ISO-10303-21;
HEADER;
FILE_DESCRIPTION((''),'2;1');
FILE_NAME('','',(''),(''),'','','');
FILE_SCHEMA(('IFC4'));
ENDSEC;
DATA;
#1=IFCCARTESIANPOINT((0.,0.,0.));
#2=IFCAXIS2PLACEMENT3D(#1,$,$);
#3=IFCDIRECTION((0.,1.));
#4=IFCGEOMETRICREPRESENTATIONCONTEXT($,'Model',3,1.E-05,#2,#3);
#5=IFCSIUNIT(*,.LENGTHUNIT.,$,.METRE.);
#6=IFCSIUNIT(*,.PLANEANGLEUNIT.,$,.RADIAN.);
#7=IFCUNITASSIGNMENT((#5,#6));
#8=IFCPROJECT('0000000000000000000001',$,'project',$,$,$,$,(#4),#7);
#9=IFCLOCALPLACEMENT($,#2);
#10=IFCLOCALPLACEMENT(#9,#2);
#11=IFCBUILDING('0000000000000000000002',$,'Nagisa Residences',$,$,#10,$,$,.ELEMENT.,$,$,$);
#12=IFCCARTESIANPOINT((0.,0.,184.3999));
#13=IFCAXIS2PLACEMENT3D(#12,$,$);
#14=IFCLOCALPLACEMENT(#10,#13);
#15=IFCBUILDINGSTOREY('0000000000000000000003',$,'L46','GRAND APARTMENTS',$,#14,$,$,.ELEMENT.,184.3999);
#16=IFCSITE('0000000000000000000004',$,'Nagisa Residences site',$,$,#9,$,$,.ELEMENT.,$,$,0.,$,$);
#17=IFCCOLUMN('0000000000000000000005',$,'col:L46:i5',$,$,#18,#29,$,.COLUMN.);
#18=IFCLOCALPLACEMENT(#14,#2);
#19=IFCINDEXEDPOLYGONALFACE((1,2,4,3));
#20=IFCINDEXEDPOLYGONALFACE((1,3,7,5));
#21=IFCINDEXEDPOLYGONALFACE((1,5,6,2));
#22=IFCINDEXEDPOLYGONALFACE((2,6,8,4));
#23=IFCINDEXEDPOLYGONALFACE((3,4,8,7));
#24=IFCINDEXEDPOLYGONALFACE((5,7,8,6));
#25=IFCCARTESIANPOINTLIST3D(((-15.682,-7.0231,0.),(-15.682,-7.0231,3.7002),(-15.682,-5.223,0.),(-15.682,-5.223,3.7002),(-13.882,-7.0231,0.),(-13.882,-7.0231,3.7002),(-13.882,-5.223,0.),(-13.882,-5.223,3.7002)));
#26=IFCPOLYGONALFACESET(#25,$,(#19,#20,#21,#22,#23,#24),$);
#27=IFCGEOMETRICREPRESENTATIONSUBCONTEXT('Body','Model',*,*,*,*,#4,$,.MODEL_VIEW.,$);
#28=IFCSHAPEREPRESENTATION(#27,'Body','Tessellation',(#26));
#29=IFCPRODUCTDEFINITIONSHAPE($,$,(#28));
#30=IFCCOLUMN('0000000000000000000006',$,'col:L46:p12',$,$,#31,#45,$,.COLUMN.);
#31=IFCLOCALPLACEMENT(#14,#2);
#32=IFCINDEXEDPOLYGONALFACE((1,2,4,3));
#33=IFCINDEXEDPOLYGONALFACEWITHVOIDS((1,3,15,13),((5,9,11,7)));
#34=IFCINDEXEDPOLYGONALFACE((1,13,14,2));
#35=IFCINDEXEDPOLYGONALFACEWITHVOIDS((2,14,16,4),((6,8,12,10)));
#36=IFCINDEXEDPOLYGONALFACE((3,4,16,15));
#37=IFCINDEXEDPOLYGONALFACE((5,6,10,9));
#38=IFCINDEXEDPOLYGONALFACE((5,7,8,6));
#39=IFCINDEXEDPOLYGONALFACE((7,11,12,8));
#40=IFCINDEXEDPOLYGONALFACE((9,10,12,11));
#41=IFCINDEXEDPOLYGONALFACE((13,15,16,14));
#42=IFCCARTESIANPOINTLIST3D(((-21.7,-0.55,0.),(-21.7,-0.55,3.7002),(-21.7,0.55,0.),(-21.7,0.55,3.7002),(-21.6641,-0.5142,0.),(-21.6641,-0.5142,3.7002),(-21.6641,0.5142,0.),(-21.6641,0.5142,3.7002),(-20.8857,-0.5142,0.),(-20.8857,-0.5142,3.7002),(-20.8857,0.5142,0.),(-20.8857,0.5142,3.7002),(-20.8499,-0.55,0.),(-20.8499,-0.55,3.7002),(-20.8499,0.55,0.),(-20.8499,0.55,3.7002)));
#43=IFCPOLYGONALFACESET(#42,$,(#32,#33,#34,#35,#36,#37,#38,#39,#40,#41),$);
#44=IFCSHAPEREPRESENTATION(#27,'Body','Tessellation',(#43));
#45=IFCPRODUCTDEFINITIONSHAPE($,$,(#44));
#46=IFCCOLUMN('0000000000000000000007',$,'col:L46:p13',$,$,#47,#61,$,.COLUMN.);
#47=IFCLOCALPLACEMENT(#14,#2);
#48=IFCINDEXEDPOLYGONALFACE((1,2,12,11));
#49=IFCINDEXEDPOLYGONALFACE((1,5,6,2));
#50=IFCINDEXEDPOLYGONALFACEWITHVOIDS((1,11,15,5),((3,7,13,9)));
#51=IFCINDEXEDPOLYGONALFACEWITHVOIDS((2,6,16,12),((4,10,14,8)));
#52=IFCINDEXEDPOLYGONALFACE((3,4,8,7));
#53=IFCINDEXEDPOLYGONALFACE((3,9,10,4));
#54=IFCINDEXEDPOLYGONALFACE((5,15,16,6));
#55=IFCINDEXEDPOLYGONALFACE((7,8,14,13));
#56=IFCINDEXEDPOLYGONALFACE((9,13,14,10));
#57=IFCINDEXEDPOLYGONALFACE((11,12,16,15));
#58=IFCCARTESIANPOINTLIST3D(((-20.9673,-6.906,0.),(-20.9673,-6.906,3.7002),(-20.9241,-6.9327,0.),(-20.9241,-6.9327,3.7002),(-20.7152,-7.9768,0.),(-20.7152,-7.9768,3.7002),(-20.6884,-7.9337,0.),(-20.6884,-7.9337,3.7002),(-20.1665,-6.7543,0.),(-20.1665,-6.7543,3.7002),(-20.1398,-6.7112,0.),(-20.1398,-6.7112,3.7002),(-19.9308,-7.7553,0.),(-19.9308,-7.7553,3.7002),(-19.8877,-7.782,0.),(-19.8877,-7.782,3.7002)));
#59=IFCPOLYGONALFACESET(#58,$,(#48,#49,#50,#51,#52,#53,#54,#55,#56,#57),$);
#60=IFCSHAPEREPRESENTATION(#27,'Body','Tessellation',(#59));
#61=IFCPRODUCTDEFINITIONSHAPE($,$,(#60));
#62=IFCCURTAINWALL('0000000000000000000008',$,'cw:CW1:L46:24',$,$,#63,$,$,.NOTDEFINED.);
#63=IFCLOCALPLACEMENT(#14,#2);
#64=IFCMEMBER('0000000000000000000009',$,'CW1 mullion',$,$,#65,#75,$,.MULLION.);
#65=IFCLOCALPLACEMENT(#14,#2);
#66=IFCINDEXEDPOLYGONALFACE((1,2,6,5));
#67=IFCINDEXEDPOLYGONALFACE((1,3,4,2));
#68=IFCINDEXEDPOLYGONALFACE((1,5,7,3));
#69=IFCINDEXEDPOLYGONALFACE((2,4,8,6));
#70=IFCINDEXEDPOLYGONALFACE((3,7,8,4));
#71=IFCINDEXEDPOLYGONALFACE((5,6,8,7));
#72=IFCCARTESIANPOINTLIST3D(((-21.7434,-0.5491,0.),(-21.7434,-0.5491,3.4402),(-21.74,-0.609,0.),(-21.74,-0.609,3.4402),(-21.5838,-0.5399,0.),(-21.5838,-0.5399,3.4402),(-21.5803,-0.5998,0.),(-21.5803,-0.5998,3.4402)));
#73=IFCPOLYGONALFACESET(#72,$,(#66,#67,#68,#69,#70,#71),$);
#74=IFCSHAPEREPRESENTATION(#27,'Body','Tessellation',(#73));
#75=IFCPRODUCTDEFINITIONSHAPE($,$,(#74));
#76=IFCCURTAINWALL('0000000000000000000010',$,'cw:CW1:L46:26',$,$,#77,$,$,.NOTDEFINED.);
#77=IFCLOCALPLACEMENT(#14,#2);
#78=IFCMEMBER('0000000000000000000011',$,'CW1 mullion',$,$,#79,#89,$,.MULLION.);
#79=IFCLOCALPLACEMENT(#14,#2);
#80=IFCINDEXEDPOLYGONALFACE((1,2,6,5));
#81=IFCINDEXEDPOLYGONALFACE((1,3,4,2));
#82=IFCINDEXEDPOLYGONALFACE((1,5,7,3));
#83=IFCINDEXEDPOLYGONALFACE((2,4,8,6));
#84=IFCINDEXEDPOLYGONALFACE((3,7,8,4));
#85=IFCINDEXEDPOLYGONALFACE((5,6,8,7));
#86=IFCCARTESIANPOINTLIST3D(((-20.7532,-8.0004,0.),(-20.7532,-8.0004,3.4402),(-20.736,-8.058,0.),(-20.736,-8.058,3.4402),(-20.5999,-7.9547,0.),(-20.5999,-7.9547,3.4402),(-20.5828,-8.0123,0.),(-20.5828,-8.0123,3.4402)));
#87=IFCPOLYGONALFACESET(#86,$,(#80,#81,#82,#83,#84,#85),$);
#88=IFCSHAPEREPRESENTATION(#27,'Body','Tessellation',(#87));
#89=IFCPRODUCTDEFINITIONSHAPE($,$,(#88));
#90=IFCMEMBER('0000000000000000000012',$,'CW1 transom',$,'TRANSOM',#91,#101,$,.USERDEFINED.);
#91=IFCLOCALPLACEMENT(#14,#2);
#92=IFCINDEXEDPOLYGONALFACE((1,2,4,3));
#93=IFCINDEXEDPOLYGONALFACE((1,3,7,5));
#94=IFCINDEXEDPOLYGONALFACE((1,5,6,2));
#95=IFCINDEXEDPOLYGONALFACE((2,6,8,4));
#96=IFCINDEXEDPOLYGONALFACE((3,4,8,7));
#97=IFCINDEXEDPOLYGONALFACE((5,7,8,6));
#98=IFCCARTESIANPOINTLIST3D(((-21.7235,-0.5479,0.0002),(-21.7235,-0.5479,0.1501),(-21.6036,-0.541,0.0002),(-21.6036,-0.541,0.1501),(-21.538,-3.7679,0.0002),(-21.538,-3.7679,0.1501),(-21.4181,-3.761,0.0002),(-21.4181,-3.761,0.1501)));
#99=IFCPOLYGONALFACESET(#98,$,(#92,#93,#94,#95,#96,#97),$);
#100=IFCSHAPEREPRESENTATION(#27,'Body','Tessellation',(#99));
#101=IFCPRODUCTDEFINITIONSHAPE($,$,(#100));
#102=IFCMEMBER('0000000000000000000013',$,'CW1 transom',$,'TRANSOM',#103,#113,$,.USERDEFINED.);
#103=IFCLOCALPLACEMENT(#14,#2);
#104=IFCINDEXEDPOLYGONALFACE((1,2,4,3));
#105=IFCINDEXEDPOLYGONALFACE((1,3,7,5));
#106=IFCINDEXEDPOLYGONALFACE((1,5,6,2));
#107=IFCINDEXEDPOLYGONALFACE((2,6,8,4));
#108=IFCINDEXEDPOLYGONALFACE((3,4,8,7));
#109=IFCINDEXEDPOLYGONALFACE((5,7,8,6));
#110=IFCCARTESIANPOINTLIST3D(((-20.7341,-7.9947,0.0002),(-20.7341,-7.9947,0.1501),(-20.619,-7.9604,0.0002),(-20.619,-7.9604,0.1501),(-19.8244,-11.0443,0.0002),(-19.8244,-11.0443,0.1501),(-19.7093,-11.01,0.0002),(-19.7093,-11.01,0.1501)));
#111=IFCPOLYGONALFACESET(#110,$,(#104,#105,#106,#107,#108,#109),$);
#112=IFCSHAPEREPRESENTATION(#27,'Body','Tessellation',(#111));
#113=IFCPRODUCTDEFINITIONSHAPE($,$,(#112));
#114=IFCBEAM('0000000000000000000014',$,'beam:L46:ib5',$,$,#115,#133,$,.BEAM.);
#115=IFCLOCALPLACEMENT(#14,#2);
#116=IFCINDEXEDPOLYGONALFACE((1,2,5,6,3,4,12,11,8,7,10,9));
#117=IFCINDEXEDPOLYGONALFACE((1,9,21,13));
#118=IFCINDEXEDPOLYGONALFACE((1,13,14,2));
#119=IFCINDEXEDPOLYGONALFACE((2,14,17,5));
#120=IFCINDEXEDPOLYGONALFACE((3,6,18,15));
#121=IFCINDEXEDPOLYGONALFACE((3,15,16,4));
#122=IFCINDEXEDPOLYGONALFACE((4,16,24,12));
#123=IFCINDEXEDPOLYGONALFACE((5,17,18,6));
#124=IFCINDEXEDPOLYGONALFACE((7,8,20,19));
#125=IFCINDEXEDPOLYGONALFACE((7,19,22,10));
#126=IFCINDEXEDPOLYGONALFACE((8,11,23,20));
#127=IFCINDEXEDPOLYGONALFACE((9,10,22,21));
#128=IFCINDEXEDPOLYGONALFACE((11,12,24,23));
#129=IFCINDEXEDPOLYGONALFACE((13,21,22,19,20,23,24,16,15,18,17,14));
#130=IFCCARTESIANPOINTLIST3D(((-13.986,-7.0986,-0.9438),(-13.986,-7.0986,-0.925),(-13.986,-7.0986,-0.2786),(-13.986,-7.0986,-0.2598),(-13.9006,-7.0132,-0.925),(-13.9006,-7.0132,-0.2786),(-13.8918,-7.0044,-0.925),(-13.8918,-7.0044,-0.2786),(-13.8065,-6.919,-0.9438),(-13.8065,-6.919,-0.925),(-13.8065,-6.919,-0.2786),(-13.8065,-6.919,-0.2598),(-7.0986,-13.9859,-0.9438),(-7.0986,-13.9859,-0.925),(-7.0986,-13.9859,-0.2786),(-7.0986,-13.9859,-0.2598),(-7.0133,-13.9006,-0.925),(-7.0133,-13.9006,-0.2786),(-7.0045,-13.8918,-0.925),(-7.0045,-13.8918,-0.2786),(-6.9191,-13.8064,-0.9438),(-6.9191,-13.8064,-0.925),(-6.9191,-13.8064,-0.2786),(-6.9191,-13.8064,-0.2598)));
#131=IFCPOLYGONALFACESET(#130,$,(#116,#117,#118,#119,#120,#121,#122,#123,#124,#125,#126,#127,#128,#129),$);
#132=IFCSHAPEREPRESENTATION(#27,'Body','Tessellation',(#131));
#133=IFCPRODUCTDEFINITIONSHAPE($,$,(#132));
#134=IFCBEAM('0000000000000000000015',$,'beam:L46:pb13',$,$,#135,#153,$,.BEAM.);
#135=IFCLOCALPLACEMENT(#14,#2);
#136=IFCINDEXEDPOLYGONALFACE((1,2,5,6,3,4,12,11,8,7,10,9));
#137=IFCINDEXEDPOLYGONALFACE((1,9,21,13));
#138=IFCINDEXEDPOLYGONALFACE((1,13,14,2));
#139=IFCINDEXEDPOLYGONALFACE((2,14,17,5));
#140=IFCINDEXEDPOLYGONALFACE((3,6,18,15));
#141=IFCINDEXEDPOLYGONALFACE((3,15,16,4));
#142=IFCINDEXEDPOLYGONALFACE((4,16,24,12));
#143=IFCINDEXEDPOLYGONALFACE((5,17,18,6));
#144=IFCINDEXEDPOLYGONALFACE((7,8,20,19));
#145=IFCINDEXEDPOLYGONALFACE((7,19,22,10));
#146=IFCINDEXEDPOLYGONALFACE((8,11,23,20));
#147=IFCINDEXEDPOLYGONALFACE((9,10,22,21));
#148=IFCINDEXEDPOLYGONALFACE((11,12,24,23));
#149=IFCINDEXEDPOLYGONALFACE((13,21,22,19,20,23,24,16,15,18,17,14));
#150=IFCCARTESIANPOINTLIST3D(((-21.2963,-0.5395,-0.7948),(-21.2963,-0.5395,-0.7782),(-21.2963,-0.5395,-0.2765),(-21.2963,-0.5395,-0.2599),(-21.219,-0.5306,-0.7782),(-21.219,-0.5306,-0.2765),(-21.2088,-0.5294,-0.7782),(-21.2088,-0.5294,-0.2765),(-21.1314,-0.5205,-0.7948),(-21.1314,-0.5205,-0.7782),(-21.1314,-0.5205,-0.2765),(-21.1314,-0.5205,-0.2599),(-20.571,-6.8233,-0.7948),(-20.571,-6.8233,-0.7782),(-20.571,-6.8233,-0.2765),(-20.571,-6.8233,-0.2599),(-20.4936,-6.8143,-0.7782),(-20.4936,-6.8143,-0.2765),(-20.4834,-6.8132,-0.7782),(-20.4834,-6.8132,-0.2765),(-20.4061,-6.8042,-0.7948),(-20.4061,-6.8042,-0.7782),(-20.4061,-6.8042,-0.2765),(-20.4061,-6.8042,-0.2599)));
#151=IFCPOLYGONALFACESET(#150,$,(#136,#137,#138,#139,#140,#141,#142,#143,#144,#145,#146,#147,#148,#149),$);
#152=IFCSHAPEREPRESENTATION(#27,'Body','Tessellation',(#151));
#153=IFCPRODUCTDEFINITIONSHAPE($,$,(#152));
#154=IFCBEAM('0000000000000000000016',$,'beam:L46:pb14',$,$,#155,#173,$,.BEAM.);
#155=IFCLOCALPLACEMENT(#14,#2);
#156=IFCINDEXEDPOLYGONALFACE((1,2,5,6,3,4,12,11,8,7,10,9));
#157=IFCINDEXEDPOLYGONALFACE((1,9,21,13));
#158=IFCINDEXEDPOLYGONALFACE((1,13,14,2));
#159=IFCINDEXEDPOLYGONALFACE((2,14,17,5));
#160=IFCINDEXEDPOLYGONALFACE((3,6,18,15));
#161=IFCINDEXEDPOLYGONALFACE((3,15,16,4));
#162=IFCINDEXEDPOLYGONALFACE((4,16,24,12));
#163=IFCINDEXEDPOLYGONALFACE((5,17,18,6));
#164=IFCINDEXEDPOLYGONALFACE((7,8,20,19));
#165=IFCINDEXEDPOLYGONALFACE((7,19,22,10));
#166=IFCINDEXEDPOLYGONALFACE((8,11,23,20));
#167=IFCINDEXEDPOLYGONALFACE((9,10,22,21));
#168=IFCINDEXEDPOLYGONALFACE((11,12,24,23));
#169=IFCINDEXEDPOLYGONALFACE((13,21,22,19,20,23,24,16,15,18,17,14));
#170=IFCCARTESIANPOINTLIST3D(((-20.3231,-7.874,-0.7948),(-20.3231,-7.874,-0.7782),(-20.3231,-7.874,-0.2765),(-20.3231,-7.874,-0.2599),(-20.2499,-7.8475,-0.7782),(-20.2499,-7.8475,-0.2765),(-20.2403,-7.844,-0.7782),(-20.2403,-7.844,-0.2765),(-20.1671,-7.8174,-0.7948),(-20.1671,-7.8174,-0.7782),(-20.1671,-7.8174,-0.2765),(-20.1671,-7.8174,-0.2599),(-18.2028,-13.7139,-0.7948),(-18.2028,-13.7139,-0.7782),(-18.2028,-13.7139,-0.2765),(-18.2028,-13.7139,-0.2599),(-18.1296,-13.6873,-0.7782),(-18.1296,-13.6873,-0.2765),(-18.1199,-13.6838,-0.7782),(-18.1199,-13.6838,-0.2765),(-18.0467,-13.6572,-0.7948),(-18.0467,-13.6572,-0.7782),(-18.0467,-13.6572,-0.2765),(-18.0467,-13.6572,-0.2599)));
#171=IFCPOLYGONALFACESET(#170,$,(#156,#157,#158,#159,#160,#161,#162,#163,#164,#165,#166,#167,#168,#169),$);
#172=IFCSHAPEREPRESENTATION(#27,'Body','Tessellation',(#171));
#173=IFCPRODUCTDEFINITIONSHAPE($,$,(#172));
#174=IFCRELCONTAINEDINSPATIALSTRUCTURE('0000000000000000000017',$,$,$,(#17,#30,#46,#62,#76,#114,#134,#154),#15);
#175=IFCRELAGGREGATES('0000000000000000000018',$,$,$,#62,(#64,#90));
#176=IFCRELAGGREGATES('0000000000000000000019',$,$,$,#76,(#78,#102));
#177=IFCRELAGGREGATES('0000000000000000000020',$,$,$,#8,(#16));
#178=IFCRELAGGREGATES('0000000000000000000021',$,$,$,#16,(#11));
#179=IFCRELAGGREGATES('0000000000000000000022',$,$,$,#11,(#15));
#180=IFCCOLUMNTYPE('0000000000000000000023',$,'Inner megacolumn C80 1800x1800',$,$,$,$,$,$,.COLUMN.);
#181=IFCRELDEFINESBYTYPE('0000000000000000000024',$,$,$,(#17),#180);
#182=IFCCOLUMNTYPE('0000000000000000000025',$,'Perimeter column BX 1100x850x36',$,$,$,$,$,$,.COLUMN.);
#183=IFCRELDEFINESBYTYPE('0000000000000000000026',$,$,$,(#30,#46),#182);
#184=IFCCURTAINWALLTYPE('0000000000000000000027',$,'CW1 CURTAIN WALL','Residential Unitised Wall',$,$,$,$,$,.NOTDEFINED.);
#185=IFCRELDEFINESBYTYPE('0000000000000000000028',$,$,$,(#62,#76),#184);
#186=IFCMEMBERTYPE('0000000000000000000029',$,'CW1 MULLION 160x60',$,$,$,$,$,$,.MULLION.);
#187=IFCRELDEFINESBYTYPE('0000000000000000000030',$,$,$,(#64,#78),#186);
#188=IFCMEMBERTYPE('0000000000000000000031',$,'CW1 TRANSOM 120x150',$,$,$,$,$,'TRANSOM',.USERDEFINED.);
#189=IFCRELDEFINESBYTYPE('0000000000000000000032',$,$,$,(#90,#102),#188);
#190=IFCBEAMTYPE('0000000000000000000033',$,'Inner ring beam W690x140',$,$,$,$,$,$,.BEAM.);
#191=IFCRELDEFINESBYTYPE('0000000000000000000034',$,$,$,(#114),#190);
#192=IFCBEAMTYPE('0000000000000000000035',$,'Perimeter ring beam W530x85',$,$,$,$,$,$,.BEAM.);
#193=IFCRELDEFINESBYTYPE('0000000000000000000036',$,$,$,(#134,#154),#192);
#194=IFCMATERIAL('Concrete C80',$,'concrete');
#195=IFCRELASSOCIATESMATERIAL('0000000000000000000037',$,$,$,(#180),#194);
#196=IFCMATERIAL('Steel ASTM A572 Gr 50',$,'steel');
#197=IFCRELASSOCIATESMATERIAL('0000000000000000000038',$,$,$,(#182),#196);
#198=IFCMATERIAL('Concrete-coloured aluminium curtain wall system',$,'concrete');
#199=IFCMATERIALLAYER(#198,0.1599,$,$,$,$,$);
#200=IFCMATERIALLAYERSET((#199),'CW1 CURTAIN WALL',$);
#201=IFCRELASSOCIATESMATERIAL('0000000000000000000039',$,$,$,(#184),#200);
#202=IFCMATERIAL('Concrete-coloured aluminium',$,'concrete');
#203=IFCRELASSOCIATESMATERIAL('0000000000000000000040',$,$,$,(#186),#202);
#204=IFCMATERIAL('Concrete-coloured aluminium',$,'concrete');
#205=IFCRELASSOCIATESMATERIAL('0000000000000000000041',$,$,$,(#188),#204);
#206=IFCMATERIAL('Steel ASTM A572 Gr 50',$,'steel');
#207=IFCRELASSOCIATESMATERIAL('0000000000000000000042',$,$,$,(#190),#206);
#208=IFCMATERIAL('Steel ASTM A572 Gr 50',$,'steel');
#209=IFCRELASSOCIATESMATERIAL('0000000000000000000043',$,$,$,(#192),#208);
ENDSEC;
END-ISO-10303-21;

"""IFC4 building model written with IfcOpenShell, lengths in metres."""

from ifc_helpers import new_model, si_unit, direction, frame, origin, origin_2d, place, context, subcontext, project, spatial, rectangle, hollow_rectangle, i_section, extrude, material, layer, layer_set, material_profile, profile_set, type_object, element, aggregate, save


model = new_model("IFC4")

# Units and contexts
model_context = context("Model", 3, precision=1e-05, world=origin(), true_north=direction((0.0, 1.0)))
body_context = subcontext(model_context, "Body", "Model", "MODEL_VIEW")
ifc_project = project(units=[si_unit("LENGTHUNIT", "METRE"), si_unit("PLANEANGLEUNIT", "RADIAN")], contexts=[model_context])

# Site, building, storey
site_placement = place(None, origin())
site = spatial("IfcSite", under=ifc_project, at=site_placement, Name="Nagisa Residences site", CompositionType="ELEMENT", RefElevation=0.0)
building_placement = place(site_placement, origin())
building = spatial("IfcBuilding", under=site, at=building_placement, Name="Nagisa Residences", CompositionType="ELEMENT")
storey_placement = place(building_placement, frame((0.0, 0.0, 184.3999)))
storey = spatial("IfcBuildingStorey", under=building, at=storey_placement, Name="L46", Description="GRAND APARTMENTS", CompositionType="ELEMENT", Elevation=184.3999)

# Columns
ifc_material_1 = material(Name="Concrete C80", Category="concrete")
ifc_material_profile_1 = material_profile(ifc_material_1, rectangle(XDim=1.8, YDim=1.8, at=origin_2d()), Name="C80 1800x1800")
ifc_profile_set_1 = profile_set([ifc_material_profile_1], Name="Concrete C80")
column_type_1 = type_object("IfcColumnType", Name="Inner megacolumn C80 1800x1800", PredefinedType="COLUMN", material=ifc_profile_set_1)
column_placement = place(storey_placement, frame((-14.782, -6.123, 0.0), z_axis=(0.0, 0.0, 1.0), x_axis=(1.0, 0.0, 0.0)))
element("IfcColumn", 1, at=column_placement, inside=storey, type_object=column_type_1, Name="col:L46:i5", PredefinedType="COLUMN", context=body_context, shape_type="SweptSolid", body=[
    extrude(rectangle(XDim=1.8, YDim=1.8, at=origin_2d()), origin(), (0.0, 0.0, 1.0), 3.7002),
])
ifc_material_2 = material(Name="Steel ASTM A572 Gr 50", Category="steel")
ifc_material_profile_2 = material_profile(ifc_material_2, hollow_rectangle(XDim=1.1001, YDim=0.8501, WallThickness=0.0359, at=origin_2d()), Name="BX 1100x850x36")
ifc_profile_set_2 = profile_set([ifc_material_profile_2], Name="Steel ASTM A572 Gr 50")
column_type_2 = type_object("IfcColumnType", Name="Perimeter column BX 1100x850x36", PredefinedType="COLUMN", material=ifc_profile_set_2)
for number, where, z_axis, x_axis, name in (
    (2, (-21.2749, 0.0, 0.0), (0.0, 0.0, 1.0), (0.0, -1.0, 0.0), "col:L46:p12"),
    (3, (-20.4275, -7.344, 0.0), (0.0, 0.0, 1.0), (0.229202, -0.973379, 0.0), "col:L46:p13"),
):
    element("IfcColumn", number, at=place(storey_placement, frame(where, z_axis=z_axis, x_axis=x_axis)), inside=storey, type_object=column_type_2, Name=name, PredefinedType="COLUMN", context=body_context, shape_type="SweptSolid", body=[
        extrude(hollow_rectangle(XDim=1.1001, YDim=0.8501, WallThickness=0.0359, at=origin_2d()), origin(), (0.0, 0.0, 1.0), 3.7002),
    ])

# Curtain walls, members
ifc_material_3 = material(Name="Concrete-coloured aluminium curtain wall system", Category="concrete")
ifc_layer_1 = layer(ifc_material_3, 0.1599)
ifc_layer_set_1 = layer_set([ifc_layer_1], Name="CW1 CURTAIN WALL")
curtain_wall_type = type_object("IfcCurtainWallType", Name="CW1 CURTAIN WALL", Description="Residential Unitised Wall", PredefinedType="NOTDEFINED", material=ifc_layer_set_1)
curtain_wall_1_placement = place(storey_placement, origin())
curtain_wall_1 = element("IfcCurtainWall", 4, at=curtain_wall_1_placement, inside=storey, type_object=curtain_wall_type, Name="cw:CW1:L46:24", PredefinedType="NOTDEFINED")
ifc_material_4 = material(Name="Concrete-coloured aluminium", Category="concrete")
ifc_material_profile_3 = material_profile(ifc_material_4, rectangle(XDim=0.1599, YDim=0.0601, at=origin_2d()), Name="CW1 MULLION 160x60")
ifc_profile_set_3 = profile_set([ifc_material_profile_3], Name="Concrete-coloured aluminium")
member_type_1 = type_object("IfcMemberType", Name="CW1 MULLION 160x60", PredefinedType="MULLION", material=ifc_profile_set_3)
member_1_placement = place(storey_placement, frame((-21.6619, -0.5745, 0.0), z_axis=(0.0, 0.0, 1.0), x_axis=(0.998345, 0.057503, 0.0)))
member_1 = element("IfcMember", 5, at=member_1_placement, type_object=member_type_1, Name="CW1 mullion", PredefinedType="MULLION", context=body_context, shape_type="SweptSolid", body=[
    extrude(rectangle(XDim=0.1599, YDim=0.0601, at=origin_2d()), origin(), (0.0, 0.0, 1.0), 3.4402),
])
curtain_wall_2_placement = place(storey_placement, origin())
curtain_wall_2 = element("IfcCurtainWall", 6, at=curtain_wall_2_placement, inside=storey, type_object=curtain_wall_type, Name="cw:CW1:L46:26", PredefinedType="NOTDEFINED")
member_2_placement = place(storey_placement, frame((-20.668, -8.0063, 0.0), z_axis=(0.0, 0.0, 1.0), x_axis=(0.958271, 0.28586, 0.0)))
member_2 = element("IfcMember", 7, at=member_2_placement, type_object=member_type_1, Name="CW1 mullion", PredefinedType="MULLION", context=body_context, shape_type="SweptSolid", body=[
    extrude(rectangle(XDim=0.1599, YDim=0.0601, at=origin_2d()), origin(), (0.0, 0.0, 1.0), 3.4402),
])

# Members
ifc_material_5 = material(Name="Concrete-coloured aluminium", Category="concrete")
ifc_material_profile_4 = material_profile(ifc_material_5, rectangle(XDim=0.1201, YDim=0.1499, at=origin_2d()), Name="CW1 TRANSOM 120x150")
ifc_profile_set_4 = profile_set([ifc_material_profile_4], Name="Concrete-coloured aluminium")
member_type_2 = type_object("IfcMemberType", Name="CW1 TRANSOM 120x150", ElementType="TRANSOM", PredefinedType="USERDEFINED", material=ifc_profile_set_4)
member_3_placement = place(storey_placement, frame((-21.6636, -0.5444, 0.0752), z_axis=(0.057528, -0.998344, 0.0), x_axis=(0.998344, 0.057528, 0.0)))
member_3 = element("IfcMember", 8, at=member_3_placement, type_object=member_type_2, Name="CW1 transom", ObjectType="TRANSOM", PredefinedType="USERDEFINED", context=body_context, shape_type="SweptSolid", body=[
    extrude(rectangle(XDim=0.1201, YDim=0.1499, at=origin_2d()), origin(), (0.0, 0.0, 1.0), 3.2253),
])
member_4_placement = place(storey_placement, frame((-20.6765, -7.9775, 0.0752), z_axis=(0.285848, -0.958275, 0.0), x_axis=(0.958275, 0.285848, 0.0)))
member_4 = element("IfcMember", 9, at=member_4_placement, type_object=member_type_2, Name="CW1 transom", ObjectType="TRANSOM", PredefinedType="USERDEFINED", context=body_context, shape_type="SweptSolid", body=[
    extrude(rectangle(XDim=0.1201, YDim=0.1499, at=origin_2d()), origin(), (0.0, 0.0, 1.0), 3.1824),
])

# Beams
ifc_material_6 = material(Name="Steel ASTM A572 Gr 50", Category="steel")
ifc_material_profile_5 = material_profile(ifc_material_6, i_section(OverallWidth=0.2539, OverallDepth=0.6841, WebThickness=0.0125, FlangeThickness=0.0188, at=origin_2d()), Name="W690x140")
ifc_profile_set_5 = profile_set([ifc_material_profile_5], Name="Steel ASTM A572 Gr 50")
beam_type_1 = type_object("IfcBeamType", Name="Inner ring beam W690x140", PredefinedType="BEAM", material=ifc_profile_set_5)
beam_1_placement = place(storey_placement, frame((-13.8962, -7.0088, -0.6018), z_axis=(0.707107, -0.707107, 0.0), x_axis=(0.707107, 0.707107, 0.0)))
element("IfcBeam", 10, at=beam_1_placement, inside=storey, type_object=beam_type_1, Name="beam:L46:ib5", PredefinedType="BEAM", context=body_context, shape_type="SweptSolid", body=[
    extrude(i_section(OverallWidth=0.2539, OverallDepth=0.6841, WebThickness=0.0125, FlangeThickness=0.0188, at=origin_2d()), origin(), (0.0, 0.0, 1.0), 9.7402),
])
ifc_material_7 = material(Name="Steel ASTM A572 Gr 50", Category="steel")
ifc_material_profile_6 = material_profile(ifc_material_7, i_section(OverallWidth=0.166, OverallDepth=0.5349, WebThickness=0.0103, FlangeThickness=0.0166, at=origin_2d()), Name="W530x85")
ifc_profile_set_6 = profile_set([ifc_material_profile_6], Name="Steel ASTM A572 Gr 50")
beam_type_2 = type_object("IfcBeamType", Name="Perimeter ring beam W530x85", PredefinedType="BEAM", material=ifc_profile_set_6)
beam_2_placement = place(storey_placement, frame((-21.2139, -0.53, -0.5273), z_axis=(0.114671, -0.993404, 0.0), x_axis=(0.993404, 0.114671, 0.0)))
element("IfcBeam", 11, at=beam_2_placement, inside=storey, type_object=beam_type_2, Name="beam:L46:pb13", PredefinedType="BEAM", context=body_context, shape_type="SweptSolid", body=[
    extrude(i_section(OverallWidth=0.166, OverallDepth=0.5349, WebThickness=0.0103, FlangeThickness=0.0166, at=origin_2d()), origin(), (0.0, 0.0, 1.0), 6.3254),
])
beam_3_placement = place(storey_placement, frame((-20.2451, -7.8457, -0.5273), z_axis=(0.341286, -0.93996, 0.0), x_axis=(0.93996, 0.341286, 0.0)))
element("IfcBeam", 12, at=beam_3_placement, inside=storey, type_object=beam_type_2, Name="beam:L46:pb14", PredefinedType="BEAM", context=body_context, shape_type="SweptSolid", body=[
    extrude(i_section(OverallWidth=0.166, OverallDepth=0.5349, WebThickness=0.0103, FlangeThickness=0.0166, at=origin_2d()), origin(), (0.0, 0.0, 1.0), 6.2129),
])

aggregate(curtain_wall_1, [member_1, member_3])
aggregate(curtain_wall_2, [member_2, member_4])

save(model, "model.ifc")
